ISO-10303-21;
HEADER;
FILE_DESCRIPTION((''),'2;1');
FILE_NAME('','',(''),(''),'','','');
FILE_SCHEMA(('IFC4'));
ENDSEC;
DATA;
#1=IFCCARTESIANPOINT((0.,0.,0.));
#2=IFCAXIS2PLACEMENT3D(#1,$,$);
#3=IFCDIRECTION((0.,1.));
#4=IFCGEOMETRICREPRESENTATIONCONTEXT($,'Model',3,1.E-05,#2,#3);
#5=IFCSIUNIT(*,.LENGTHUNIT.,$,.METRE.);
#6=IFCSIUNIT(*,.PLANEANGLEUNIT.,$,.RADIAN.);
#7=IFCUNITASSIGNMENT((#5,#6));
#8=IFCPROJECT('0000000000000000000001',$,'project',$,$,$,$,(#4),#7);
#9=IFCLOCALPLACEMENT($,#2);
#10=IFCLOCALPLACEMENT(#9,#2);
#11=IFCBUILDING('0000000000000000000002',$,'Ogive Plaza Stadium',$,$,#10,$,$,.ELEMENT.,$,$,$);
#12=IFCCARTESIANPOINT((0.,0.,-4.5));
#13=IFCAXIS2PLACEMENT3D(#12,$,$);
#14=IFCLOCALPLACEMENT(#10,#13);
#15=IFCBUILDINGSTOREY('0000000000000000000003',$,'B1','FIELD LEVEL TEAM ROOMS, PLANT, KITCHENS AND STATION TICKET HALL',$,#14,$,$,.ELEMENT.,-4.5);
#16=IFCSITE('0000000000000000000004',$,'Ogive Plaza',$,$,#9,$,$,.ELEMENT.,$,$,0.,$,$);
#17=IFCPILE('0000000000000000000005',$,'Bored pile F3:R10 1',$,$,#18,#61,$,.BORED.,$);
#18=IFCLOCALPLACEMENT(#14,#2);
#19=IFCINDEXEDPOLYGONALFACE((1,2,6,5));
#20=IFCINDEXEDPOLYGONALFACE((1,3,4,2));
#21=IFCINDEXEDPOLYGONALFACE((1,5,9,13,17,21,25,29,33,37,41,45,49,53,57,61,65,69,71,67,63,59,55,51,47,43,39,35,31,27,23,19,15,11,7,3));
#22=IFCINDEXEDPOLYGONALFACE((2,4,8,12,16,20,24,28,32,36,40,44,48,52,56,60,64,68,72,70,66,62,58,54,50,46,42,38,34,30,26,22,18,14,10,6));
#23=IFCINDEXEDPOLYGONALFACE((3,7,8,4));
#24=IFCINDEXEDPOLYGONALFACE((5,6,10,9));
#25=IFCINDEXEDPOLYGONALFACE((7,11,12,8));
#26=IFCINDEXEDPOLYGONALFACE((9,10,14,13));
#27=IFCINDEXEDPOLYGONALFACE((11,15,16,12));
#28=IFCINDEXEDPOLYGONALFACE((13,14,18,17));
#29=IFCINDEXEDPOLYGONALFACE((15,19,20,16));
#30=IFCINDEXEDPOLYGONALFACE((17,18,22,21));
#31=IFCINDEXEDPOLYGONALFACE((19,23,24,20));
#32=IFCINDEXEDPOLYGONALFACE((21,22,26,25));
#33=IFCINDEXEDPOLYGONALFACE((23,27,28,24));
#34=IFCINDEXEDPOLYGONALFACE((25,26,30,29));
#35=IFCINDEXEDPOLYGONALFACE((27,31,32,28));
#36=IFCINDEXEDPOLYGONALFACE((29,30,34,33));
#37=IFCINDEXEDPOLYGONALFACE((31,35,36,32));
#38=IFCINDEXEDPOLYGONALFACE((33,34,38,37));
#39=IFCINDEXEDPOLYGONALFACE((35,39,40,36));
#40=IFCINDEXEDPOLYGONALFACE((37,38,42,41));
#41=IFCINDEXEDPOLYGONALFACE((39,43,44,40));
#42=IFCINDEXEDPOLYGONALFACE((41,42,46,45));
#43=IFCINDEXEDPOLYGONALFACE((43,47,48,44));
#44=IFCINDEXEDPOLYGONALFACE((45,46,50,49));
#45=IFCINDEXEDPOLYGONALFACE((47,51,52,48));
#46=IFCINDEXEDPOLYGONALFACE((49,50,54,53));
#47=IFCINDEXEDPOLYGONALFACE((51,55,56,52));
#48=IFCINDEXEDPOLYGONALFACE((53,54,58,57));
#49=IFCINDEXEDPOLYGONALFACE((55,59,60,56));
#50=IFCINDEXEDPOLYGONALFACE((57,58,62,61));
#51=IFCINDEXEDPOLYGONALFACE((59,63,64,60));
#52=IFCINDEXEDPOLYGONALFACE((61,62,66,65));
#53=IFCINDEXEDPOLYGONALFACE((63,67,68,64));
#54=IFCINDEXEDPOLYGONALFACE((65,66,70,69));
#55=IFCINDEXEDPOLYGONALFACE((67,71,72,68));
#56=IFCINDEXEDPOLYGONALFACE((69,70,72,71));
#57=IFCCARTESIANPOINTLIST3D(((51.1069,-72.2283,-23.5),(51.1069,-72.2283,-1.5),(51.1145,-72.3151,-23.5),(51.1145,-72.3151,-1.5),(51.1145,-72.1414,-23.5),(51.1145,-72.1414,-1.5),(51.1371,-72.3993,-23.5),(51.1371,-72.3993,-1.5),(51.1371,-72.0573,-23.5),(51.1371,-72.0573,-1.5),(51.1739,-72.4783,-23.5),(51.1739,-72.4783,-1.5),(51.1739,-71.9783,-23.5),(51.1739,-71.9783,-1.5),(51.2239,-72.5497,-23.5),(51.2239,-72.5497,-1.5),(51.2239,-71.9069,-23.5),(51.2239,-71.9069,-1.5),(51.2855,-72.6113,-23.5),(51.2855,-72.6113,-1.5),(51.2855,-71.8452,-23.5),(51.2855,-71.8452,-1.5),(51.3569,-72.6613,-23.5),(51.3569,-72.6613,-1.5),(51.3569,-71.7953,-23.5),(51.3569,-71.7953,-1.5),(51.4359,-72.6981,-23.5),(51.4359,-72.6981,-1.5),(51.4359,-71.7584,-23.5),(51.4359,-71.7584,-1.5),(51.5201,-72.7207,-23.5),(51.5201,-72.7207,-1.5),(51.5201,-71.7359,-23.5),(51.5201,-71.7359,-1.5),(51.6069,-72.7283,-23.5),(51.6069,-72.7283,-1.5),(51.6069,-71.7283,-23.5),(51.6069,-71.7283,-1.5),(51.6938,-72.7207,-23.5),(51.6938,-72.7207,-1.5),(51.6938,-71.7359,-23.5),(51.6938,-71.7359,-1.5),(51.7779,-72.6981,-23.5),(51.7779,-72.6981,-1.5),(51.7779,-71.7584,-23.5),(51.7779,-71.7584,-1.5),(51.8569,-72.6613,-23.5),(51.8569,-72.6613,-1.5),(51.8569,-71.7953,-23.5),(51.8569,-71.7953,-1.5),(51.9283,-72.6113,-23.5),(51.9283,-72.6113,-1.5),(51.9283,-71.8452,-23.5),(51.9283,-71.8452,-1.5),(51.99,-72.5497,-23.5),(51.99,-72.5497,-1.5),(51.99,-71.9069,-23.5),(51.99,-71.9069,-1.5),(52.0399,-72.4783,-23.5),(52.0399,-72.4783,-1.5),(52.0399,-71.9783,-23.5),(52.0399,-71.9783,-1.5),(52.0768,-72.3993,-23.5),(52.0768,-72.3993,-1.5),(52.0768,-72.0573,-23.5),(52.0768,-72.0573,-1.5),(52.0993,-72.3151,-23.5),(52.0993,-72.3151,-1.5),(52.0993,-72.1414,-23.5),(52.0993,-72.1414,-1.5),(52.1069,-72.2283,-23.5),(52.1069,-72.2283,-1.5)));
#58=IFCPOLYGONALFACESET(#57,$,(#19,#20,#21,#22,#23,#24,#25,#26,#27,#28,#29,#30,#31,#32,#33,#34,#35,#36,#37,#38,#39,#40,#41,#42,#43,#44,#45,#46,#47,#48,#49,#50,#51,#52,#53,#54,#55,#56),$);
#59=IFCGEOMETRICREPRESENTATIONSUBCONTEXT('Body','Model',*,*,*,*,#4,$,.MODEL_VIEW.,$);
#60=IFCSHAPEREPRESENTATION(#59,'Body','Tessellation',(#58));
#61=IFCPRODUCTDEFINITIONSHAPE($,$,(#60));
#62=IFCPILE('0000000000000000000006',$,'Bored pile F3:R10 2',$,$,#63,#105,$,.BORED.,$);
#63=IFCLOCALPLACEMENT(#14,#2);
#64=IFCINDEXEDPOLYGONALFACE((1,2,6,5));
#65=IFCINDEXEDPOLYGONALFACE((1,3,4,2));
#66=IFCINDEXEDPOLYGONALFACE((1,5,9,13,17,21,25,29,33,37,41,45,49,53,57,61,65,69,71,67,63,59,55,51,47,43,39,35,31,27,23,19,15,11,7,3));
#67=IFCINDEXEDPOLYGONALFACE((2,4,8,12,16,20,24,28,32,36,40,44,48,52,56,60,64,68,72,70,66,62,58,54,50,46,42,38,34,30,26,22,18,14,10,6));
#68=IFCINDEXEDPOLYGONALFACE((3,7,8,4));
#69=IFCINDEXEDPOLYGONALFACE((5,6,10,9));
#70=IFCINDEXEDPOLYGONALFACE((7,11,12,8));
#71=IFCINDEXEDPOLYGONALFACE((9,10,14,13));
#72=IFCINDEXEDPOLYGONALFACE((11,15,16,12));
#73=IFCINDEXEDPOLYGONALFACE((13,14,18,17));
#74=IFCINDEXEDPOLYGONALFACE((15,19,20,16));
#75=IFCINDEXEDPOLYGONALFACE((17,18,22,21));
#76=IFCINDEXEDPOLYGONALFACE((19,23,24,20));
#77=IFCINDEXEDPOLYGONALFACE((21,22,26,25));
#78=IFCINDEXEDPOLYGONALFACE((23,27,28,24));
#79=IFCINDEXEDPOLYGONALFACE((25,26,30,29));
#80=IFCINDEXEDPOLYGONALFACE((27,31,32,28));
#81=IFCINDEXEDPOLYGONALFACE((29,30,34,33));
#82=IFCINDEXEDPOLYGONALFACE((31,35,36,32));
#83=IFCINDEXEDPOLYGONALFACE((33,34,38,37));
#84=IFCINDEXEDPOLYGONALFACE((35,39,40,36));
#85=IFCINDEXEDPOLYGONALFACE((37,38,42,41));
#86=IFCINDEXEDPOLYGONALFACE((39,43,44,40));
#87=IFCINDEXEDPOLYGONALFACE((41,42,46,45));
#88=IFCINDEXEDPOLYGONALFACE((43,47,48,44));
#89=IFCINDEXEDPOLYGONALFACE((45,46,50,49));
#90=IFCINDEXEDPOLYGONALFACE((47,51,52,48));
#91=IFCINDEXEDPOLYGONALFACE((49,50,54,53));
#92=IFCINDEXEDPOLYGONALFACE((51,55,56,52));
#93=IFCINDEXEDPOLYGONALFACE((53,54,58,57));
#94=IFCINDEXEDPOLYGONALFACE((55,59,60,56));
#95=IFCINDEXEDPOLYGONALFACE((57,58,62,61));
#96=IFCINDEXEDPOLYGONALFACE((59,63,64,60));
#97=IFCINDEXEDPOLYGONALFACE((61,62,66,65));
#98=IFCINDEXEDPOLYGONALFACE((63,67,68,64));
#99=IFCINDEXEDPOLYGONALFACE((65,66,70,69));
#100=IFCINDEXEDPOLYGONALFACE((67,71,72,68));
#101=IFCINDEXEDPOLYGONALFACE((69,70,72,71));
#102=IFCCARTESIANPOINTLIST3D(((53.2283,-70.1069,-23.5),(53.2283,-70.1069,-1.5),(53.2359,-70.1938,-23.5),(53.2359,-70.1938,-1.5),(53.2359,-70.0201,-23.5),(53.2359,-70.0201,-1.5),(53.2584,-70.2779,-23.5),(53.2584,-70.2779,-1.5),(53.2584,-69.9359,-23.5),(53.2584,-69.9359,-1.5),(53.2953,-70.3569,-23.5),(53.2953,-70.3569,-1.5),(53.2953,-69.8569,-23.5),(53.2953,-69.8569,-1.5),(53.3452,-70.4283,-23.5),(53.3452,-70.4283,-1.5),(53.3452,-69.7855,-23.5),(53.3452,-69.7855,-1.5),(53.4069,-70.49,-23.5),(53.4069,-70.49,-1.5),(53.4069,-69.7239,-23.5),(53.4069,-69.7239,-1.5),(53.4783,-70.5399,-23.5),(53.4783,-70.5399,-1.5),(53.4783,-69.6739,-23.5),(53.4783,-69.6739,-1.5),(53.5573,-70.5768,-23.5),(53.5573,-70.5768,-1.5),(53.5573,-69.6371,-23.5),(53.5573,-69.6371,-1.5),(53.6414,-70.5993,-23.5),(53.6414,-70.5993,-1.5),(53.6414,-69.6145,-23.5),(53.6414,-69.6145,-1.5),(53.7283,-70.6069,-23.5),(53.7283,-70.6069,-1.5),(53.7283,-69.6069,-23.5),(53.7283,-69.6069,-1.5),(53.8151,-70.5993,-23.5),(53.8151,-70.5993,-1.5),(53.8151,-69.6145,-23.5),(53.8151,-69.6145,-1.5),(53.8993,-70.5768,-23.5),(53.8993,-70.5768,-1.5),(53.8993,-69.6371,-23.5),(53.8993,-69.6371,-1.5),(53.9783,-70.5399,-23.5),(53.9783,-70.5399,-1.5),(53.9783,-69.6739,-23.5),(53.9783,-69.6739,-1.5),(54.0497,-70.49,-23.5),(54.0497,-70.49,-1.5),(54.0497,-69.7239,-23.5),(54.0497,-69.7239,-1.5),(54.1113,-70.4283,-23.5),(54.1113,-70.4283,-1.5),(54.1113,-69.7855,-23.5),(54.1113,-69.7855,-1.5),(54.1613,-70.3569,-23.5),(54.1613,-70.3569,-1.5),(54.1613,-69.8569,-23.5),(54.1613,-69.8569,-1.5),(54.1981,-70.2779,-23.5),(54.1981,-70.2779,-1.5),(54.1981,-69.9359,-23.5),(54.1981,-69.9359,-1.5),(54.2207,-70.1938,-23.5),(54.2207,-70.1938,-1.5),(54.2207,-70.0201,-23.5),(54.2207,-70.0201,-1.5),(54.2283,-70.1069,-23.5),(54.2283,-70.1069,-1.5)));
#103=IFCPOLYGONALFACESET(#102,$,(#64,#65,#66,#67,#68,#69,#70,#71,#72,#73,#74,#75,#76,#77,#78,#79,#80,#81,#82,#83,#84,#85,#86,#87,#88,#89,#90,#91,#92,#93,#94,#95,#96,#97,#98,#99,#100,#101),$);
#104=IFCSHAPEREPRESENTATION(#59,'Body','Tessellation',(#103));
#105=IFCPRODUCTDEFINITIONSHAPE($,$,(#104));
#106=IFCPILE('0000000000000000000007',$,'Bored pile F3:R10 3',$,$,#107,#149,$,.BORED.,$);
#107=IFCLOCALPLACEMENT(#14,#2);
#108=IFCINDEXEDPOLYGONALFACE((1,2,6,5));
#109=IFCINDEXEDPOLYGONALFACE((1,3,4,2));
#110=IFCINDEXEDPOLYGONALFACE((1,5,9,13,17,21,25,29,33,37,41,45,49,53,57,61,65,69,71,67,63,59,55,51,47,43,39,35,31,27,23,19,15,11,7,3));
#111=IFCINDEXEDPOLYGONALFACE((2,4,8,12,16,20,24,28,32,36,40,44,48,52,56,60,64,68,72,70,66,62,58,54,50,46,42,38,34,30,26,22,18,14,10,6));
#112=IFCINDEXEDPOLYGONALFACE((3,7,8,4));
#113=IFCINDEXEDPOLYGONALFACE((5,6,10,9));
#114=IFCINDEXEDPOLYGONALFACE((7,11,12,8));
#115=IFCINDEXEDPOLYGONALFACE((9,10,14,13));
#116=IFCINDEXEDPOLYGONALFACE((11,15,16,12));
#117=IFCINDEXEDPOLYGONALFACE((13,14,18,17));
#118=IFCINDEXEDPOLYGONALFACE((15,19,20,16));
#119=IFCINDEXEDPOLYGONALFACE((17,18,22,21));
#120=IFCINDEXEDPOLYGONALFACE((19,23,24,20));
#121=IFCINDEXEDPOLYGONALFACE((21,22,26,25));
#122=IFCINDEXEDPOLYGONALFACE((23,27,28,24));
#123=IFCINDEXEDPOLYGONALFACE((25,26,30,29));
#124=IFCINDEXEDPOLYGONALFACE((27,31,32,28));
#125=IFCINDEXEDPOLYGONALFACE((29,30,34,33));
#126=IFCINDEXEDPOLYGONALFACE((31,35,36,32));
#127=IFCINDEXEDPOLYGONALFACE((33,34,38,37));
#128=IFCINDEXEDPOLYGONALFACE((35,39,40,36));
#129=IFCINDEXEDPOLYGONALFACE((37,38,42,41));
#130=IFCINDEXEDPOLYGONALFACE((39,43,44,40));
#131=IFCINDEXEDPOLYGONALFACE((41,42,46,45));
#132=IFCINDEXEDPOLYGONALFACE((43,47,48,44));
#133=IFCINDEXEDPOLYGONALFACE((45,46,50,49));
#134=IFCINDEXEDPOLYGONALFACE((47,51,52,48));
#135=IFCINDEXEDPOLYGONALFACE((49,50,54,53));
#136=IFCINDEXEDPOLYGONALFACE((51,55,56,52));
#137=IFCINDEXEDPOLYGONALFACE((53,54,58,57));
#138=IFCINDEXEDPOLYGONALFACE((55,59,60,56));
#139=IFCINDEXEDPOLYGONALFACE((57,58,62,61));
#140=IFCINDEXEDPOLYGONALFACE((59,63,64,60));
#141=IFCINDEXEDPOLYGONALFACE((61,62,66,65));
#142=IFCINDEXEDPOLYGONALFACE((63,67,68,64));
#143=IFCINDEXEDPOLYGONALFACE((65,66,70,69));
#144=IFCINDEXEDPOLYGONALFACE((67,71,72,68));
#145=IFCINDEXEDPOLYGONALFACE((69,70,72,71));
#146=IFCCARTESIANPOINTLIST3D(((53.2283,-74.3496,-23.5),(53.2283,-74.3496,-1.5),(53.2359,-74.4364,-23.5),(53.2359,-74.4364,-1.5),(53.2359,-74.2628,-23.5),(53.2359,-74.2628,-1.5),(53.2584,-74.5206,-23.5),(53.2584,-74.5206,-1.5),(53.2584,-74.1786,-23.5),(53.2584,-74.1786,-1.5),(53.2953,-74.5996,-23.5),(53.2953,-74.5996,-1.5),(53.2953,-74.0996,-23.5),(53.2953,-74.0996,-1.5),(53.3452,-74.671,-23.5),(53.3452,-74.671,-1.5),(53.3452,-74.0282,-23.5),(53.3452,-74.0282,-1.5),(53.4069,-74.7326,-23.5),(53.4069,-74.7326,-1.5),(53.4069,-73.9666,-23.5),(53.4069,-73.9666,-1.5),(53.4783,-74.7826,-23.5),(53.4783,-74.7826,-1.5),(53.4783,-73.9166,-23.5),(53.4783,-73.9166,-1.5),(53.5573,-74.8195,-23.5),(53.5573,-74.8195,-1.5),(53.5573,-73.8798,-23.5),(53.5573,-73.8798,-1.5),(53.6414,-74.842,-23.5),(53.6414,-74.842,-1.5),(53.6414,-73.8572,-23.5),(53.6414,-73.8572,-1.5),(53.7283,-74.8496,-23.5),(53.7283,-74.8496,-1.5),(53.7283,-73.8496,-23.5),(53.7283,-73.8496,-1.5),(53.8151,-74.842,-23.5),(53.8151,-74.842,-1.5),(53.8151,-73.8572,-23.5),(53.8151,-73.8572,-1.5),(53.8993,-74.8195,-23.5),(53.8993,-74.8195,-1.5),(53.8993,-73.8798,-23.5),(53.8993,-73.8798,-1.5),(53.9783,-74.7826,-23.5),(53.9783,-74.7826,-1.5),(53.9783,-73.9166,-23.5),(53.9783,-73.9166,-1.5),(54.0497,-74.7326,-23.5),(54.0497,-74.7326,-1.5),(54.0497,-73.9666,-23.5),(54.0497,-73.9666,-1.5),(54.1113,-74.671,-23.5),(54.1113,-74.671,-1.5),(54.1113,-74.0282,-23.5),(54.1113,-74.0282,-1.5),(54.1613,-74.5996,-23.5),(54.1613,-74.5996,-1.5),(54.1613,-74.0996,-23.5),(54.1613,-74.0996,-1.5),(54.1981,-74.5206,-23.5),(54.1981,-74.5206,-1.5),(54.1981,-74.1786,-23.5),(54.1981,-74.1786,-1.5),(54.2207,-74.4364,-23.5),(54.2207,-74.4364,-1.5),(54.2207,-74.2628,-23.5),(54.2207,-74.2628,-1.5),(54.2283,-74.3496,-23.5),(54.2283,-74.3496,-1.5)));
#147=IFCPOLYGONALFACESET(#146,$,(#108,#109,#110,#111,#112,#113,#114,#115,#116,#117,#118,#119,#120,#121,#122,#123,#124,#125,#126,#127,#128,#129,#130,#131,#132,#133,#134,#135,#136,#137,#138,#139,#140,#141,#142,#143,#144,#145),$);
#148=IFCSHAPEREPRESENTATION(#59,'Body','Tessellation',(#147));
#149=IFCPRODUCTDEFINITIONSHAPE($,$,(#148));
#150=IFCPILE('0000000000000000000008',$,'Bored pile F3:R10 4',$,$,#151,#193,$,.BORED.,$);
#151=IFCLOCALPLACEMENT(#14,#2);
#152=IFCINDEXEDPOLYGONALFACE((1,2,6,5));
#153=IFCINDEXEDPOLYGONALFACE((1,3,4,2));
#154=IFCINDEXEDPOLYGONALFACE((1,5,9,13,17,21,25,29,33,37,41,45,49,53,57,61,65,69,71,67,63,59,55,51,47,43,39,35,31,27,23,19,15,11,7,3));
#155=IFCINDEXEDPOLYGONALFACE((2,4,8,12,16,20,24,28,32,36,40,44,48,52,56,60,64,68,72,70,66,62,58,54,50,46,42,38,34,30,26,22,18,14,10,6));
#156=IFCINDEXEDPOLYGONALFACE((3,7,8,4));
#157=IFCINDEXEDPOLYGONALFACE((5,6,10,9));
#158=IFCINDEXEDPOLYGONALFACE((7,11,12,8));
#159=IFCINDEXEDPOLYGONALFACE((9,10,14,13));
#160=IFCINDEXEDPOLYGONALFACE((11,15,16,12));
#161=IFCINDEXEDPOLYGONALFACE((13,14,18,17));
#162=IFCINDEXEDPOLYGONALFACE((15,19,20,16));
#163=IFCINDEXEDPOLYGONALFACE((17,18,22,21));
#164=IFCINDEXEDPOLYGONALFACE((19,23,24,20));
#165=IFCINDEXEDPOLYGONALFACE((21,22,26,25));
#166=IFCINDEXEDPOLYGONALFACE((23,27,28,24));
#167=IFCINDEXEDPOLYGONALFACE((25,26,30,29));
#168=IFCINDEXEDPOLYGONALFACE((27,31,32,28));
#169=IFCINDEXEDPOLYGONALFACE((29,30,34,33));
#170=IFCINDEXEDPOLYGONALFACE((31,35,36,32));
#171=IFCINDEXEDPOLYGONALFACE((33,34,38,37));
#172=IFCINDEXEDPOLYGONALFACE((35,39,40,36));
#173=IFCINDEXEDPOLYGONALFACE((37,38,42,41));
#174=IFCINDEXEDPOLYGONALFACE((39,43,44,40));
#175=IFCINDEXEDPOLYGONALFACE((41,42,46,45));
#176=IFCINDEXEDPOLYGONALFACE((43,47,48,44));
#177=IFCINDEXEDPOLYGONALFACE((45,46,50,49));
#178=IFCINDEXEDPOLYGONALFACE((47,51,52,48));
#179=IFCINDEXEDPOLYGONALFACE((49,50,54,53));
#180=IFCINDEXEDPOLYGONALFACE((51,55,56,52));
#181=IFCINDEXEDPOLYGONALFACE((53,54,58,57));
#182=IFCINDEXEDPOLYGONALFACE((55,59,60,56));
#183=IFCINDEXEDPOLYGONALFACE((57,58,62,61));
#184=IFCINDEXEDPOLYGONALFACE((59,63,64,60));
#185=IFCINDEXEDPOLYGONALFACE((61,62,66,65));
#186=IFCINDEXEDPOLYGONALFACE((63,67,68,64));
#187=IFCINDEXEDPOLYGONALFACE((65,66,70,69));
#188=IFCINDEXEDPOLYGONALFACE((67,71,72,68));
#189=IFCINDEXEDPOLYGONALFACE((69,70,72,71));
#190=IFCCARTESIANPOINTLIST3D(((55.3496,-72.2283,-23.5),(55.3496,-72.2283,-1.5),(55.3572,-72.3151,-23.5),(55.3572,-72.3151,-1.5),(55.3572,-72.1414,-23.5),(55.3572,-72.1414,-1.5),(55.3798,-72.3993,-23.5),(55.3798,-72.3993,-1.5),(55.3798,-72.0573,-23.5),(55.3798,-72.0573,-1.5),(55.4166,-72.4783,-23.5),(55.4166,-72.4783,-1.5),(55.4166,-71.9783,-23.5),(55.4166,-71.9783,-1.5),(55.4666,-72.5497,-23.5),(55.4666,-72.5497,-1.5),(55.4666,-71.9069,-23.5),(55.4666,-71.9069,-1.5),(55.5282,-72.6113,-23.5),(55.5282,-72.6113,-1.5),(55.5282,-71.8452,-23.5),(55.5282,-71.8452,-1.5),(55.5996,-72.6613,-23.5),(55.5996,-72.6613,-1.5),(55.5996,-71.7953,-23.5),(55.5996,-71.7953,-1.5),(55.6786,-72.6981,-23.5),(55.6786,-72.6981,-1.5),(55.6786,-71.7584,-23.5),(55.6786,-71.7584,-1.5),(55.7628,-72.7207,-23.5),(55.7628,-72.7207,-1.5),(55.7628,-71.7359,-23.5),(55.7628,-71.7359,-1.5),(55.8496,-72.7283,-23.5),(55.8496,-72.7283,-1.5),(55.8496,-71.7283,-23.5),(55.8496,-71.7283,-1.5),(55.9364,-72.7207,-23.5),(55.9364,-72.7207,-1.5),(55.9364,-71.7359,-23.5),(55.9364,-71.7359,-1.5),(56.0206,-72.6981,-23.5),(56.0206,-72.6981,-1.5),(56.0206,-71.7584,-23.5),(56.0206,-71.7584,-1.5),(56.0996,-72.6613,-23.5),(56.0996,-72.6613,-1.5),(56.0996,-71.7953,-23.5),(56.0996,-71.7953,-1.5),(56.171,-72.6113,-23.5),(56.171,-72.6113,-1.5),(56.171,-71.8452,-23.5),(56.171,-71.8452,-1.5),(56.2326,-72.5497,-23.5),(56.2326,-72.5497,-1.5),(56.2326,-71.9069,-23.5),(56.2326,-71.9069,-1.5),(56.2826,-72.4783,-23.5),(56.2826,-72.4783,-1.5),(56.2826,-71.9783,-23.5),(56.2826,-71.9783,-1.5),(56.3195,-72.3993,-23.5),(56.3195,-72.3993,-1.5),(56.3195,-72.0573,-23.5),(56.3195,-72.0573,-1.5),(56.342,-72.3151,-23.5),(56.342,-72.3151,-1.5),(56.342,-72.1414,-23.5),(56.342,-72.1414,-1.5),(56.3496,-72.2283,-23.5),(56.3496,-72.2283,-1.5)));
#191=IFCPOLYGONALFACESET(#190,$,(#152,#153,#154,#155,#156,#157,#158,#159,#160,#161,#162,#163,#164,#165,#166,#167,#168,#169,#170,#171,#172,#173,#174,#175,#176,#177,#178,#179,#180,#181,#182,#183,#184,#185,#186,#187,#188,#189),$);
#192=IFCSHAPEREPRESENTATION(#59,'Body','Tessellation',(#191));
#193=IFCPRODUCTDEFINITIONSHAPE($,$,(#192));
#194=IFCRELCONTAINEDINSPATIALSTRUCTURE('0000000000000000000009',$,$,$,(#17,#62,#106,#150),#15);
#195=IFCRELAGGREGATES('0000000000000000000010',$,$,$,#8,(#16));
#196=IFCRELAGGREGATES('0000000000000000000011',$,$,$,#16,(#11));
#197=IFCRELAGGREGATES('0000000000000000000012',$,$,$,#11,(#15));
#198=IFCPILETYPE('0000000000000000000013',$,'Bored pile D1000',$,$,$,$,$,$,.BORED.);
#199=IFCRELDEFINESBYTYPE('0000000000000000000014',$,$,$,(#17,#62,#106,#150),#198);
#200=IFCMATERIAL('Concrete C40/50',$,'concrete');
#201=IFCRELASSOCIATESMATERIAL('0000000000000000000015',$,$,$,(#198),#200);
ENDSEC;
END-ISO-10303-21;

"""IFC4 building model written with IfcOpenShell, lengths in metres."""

from ifc_helpers import new_model, si_unit, direction, frame, origin, origin_2d, place, context, subcontext, project, spatial, circle, extrude, material, material_profile, profile_set, type_object, element, save


model = new_model("IFC4")

# Units and contexts
model_context = context("Model", 3, precision=1e-05, world=origin(), true_north=direction((0.0, 1.0)))
body_context = subcontext(model_context, "Body", "Model", "MODEL_VIEW")
ifc_project = project(units=[si_unit("LENGTHUNIT", "METRE"), si_unit("PLANEANGLEUNIT", "RADIAN")], contexts=[model_context])

# Site, building, storey
site_placement = place(None, origin())
site = spatial("IfcSite", under=ifc_project, at=site_placement, Name="Ogive Plaza", CompositionType="ELEMENT", RefElevation=0.0)
building_placement = place(site_placement, origin())
building = spatial("IfcBuilding", under=site, at=building_placement, Name="Ogive Plaza Stadium", CompositionType="ELEMENT")
storey_placement = place(building_placement, frame((0.0, 0.0, -4.5)))
storey = spatial("IfcBuildingStorey", under=building, at=storey_placement, Name="B1", Description="FIELD LEVEL TEAM ROOMS, PLANT, KITCHENS AND STATION TICKET HALL", CompositionType="ELEMENT", Elevation=-4.5)

# Piles
ifc_material_1 = material(Name="Concrete C40/50", Category="concrete")
ifc_material_profile_1 = material_profile(ifc_material_1, circle(Radius=0.5, at=origin_2d()), Name="RC D1000")
ifc_profile_set_1 = profile_set([ifc_material_profile_1], Name="Concrete C40/50")
pile_type_1 = type_object("IfcPileType", Name="Bored pile D1000", PredefinedType="BORED", material=ifc_profile_set_1)
for number, where, z_axis, x_axis, name in (
    (1, (51.6069, -72.2283, -1.5), (0.0, 0.0, -1.0), (1.0, 0.0, 0.0), "Bored pile F3:R10 1"),
    (2, (53.7283, -70.1069, -1.5), (0.0, 0.0, -1.0), (1.0, 0.0, 0.0), "Bored pile F3:R10 2"),
    (3, (53.7283, -74.3496, -1.5), (0.0, 0.0, -1.0), (1.0, 0.0, 0.0), "Bored pile F3:R10 3"),
    (4, (55.8496, -72.2283, -1.5), (0.0, 0.0, -1.0), (1.0, 0.0, 0.0), "Bored pile F3:R10 4"),
):
    element("IfcPile", number, at=place(storey_placement, frame(where, z_axis=z_axis, x_axis=x_axis)), inside=storey, type_object=pile_type_1, Name=name, PredefinedType="BORED", context=body_context, shape_type="SweptSolid", body=[
        extrude(circle(Radius=0.5, at=origin_2d()), origin(), (0.0, 0.0, 1.0), 22.0),
    ])

save(model, "model.ifc")
